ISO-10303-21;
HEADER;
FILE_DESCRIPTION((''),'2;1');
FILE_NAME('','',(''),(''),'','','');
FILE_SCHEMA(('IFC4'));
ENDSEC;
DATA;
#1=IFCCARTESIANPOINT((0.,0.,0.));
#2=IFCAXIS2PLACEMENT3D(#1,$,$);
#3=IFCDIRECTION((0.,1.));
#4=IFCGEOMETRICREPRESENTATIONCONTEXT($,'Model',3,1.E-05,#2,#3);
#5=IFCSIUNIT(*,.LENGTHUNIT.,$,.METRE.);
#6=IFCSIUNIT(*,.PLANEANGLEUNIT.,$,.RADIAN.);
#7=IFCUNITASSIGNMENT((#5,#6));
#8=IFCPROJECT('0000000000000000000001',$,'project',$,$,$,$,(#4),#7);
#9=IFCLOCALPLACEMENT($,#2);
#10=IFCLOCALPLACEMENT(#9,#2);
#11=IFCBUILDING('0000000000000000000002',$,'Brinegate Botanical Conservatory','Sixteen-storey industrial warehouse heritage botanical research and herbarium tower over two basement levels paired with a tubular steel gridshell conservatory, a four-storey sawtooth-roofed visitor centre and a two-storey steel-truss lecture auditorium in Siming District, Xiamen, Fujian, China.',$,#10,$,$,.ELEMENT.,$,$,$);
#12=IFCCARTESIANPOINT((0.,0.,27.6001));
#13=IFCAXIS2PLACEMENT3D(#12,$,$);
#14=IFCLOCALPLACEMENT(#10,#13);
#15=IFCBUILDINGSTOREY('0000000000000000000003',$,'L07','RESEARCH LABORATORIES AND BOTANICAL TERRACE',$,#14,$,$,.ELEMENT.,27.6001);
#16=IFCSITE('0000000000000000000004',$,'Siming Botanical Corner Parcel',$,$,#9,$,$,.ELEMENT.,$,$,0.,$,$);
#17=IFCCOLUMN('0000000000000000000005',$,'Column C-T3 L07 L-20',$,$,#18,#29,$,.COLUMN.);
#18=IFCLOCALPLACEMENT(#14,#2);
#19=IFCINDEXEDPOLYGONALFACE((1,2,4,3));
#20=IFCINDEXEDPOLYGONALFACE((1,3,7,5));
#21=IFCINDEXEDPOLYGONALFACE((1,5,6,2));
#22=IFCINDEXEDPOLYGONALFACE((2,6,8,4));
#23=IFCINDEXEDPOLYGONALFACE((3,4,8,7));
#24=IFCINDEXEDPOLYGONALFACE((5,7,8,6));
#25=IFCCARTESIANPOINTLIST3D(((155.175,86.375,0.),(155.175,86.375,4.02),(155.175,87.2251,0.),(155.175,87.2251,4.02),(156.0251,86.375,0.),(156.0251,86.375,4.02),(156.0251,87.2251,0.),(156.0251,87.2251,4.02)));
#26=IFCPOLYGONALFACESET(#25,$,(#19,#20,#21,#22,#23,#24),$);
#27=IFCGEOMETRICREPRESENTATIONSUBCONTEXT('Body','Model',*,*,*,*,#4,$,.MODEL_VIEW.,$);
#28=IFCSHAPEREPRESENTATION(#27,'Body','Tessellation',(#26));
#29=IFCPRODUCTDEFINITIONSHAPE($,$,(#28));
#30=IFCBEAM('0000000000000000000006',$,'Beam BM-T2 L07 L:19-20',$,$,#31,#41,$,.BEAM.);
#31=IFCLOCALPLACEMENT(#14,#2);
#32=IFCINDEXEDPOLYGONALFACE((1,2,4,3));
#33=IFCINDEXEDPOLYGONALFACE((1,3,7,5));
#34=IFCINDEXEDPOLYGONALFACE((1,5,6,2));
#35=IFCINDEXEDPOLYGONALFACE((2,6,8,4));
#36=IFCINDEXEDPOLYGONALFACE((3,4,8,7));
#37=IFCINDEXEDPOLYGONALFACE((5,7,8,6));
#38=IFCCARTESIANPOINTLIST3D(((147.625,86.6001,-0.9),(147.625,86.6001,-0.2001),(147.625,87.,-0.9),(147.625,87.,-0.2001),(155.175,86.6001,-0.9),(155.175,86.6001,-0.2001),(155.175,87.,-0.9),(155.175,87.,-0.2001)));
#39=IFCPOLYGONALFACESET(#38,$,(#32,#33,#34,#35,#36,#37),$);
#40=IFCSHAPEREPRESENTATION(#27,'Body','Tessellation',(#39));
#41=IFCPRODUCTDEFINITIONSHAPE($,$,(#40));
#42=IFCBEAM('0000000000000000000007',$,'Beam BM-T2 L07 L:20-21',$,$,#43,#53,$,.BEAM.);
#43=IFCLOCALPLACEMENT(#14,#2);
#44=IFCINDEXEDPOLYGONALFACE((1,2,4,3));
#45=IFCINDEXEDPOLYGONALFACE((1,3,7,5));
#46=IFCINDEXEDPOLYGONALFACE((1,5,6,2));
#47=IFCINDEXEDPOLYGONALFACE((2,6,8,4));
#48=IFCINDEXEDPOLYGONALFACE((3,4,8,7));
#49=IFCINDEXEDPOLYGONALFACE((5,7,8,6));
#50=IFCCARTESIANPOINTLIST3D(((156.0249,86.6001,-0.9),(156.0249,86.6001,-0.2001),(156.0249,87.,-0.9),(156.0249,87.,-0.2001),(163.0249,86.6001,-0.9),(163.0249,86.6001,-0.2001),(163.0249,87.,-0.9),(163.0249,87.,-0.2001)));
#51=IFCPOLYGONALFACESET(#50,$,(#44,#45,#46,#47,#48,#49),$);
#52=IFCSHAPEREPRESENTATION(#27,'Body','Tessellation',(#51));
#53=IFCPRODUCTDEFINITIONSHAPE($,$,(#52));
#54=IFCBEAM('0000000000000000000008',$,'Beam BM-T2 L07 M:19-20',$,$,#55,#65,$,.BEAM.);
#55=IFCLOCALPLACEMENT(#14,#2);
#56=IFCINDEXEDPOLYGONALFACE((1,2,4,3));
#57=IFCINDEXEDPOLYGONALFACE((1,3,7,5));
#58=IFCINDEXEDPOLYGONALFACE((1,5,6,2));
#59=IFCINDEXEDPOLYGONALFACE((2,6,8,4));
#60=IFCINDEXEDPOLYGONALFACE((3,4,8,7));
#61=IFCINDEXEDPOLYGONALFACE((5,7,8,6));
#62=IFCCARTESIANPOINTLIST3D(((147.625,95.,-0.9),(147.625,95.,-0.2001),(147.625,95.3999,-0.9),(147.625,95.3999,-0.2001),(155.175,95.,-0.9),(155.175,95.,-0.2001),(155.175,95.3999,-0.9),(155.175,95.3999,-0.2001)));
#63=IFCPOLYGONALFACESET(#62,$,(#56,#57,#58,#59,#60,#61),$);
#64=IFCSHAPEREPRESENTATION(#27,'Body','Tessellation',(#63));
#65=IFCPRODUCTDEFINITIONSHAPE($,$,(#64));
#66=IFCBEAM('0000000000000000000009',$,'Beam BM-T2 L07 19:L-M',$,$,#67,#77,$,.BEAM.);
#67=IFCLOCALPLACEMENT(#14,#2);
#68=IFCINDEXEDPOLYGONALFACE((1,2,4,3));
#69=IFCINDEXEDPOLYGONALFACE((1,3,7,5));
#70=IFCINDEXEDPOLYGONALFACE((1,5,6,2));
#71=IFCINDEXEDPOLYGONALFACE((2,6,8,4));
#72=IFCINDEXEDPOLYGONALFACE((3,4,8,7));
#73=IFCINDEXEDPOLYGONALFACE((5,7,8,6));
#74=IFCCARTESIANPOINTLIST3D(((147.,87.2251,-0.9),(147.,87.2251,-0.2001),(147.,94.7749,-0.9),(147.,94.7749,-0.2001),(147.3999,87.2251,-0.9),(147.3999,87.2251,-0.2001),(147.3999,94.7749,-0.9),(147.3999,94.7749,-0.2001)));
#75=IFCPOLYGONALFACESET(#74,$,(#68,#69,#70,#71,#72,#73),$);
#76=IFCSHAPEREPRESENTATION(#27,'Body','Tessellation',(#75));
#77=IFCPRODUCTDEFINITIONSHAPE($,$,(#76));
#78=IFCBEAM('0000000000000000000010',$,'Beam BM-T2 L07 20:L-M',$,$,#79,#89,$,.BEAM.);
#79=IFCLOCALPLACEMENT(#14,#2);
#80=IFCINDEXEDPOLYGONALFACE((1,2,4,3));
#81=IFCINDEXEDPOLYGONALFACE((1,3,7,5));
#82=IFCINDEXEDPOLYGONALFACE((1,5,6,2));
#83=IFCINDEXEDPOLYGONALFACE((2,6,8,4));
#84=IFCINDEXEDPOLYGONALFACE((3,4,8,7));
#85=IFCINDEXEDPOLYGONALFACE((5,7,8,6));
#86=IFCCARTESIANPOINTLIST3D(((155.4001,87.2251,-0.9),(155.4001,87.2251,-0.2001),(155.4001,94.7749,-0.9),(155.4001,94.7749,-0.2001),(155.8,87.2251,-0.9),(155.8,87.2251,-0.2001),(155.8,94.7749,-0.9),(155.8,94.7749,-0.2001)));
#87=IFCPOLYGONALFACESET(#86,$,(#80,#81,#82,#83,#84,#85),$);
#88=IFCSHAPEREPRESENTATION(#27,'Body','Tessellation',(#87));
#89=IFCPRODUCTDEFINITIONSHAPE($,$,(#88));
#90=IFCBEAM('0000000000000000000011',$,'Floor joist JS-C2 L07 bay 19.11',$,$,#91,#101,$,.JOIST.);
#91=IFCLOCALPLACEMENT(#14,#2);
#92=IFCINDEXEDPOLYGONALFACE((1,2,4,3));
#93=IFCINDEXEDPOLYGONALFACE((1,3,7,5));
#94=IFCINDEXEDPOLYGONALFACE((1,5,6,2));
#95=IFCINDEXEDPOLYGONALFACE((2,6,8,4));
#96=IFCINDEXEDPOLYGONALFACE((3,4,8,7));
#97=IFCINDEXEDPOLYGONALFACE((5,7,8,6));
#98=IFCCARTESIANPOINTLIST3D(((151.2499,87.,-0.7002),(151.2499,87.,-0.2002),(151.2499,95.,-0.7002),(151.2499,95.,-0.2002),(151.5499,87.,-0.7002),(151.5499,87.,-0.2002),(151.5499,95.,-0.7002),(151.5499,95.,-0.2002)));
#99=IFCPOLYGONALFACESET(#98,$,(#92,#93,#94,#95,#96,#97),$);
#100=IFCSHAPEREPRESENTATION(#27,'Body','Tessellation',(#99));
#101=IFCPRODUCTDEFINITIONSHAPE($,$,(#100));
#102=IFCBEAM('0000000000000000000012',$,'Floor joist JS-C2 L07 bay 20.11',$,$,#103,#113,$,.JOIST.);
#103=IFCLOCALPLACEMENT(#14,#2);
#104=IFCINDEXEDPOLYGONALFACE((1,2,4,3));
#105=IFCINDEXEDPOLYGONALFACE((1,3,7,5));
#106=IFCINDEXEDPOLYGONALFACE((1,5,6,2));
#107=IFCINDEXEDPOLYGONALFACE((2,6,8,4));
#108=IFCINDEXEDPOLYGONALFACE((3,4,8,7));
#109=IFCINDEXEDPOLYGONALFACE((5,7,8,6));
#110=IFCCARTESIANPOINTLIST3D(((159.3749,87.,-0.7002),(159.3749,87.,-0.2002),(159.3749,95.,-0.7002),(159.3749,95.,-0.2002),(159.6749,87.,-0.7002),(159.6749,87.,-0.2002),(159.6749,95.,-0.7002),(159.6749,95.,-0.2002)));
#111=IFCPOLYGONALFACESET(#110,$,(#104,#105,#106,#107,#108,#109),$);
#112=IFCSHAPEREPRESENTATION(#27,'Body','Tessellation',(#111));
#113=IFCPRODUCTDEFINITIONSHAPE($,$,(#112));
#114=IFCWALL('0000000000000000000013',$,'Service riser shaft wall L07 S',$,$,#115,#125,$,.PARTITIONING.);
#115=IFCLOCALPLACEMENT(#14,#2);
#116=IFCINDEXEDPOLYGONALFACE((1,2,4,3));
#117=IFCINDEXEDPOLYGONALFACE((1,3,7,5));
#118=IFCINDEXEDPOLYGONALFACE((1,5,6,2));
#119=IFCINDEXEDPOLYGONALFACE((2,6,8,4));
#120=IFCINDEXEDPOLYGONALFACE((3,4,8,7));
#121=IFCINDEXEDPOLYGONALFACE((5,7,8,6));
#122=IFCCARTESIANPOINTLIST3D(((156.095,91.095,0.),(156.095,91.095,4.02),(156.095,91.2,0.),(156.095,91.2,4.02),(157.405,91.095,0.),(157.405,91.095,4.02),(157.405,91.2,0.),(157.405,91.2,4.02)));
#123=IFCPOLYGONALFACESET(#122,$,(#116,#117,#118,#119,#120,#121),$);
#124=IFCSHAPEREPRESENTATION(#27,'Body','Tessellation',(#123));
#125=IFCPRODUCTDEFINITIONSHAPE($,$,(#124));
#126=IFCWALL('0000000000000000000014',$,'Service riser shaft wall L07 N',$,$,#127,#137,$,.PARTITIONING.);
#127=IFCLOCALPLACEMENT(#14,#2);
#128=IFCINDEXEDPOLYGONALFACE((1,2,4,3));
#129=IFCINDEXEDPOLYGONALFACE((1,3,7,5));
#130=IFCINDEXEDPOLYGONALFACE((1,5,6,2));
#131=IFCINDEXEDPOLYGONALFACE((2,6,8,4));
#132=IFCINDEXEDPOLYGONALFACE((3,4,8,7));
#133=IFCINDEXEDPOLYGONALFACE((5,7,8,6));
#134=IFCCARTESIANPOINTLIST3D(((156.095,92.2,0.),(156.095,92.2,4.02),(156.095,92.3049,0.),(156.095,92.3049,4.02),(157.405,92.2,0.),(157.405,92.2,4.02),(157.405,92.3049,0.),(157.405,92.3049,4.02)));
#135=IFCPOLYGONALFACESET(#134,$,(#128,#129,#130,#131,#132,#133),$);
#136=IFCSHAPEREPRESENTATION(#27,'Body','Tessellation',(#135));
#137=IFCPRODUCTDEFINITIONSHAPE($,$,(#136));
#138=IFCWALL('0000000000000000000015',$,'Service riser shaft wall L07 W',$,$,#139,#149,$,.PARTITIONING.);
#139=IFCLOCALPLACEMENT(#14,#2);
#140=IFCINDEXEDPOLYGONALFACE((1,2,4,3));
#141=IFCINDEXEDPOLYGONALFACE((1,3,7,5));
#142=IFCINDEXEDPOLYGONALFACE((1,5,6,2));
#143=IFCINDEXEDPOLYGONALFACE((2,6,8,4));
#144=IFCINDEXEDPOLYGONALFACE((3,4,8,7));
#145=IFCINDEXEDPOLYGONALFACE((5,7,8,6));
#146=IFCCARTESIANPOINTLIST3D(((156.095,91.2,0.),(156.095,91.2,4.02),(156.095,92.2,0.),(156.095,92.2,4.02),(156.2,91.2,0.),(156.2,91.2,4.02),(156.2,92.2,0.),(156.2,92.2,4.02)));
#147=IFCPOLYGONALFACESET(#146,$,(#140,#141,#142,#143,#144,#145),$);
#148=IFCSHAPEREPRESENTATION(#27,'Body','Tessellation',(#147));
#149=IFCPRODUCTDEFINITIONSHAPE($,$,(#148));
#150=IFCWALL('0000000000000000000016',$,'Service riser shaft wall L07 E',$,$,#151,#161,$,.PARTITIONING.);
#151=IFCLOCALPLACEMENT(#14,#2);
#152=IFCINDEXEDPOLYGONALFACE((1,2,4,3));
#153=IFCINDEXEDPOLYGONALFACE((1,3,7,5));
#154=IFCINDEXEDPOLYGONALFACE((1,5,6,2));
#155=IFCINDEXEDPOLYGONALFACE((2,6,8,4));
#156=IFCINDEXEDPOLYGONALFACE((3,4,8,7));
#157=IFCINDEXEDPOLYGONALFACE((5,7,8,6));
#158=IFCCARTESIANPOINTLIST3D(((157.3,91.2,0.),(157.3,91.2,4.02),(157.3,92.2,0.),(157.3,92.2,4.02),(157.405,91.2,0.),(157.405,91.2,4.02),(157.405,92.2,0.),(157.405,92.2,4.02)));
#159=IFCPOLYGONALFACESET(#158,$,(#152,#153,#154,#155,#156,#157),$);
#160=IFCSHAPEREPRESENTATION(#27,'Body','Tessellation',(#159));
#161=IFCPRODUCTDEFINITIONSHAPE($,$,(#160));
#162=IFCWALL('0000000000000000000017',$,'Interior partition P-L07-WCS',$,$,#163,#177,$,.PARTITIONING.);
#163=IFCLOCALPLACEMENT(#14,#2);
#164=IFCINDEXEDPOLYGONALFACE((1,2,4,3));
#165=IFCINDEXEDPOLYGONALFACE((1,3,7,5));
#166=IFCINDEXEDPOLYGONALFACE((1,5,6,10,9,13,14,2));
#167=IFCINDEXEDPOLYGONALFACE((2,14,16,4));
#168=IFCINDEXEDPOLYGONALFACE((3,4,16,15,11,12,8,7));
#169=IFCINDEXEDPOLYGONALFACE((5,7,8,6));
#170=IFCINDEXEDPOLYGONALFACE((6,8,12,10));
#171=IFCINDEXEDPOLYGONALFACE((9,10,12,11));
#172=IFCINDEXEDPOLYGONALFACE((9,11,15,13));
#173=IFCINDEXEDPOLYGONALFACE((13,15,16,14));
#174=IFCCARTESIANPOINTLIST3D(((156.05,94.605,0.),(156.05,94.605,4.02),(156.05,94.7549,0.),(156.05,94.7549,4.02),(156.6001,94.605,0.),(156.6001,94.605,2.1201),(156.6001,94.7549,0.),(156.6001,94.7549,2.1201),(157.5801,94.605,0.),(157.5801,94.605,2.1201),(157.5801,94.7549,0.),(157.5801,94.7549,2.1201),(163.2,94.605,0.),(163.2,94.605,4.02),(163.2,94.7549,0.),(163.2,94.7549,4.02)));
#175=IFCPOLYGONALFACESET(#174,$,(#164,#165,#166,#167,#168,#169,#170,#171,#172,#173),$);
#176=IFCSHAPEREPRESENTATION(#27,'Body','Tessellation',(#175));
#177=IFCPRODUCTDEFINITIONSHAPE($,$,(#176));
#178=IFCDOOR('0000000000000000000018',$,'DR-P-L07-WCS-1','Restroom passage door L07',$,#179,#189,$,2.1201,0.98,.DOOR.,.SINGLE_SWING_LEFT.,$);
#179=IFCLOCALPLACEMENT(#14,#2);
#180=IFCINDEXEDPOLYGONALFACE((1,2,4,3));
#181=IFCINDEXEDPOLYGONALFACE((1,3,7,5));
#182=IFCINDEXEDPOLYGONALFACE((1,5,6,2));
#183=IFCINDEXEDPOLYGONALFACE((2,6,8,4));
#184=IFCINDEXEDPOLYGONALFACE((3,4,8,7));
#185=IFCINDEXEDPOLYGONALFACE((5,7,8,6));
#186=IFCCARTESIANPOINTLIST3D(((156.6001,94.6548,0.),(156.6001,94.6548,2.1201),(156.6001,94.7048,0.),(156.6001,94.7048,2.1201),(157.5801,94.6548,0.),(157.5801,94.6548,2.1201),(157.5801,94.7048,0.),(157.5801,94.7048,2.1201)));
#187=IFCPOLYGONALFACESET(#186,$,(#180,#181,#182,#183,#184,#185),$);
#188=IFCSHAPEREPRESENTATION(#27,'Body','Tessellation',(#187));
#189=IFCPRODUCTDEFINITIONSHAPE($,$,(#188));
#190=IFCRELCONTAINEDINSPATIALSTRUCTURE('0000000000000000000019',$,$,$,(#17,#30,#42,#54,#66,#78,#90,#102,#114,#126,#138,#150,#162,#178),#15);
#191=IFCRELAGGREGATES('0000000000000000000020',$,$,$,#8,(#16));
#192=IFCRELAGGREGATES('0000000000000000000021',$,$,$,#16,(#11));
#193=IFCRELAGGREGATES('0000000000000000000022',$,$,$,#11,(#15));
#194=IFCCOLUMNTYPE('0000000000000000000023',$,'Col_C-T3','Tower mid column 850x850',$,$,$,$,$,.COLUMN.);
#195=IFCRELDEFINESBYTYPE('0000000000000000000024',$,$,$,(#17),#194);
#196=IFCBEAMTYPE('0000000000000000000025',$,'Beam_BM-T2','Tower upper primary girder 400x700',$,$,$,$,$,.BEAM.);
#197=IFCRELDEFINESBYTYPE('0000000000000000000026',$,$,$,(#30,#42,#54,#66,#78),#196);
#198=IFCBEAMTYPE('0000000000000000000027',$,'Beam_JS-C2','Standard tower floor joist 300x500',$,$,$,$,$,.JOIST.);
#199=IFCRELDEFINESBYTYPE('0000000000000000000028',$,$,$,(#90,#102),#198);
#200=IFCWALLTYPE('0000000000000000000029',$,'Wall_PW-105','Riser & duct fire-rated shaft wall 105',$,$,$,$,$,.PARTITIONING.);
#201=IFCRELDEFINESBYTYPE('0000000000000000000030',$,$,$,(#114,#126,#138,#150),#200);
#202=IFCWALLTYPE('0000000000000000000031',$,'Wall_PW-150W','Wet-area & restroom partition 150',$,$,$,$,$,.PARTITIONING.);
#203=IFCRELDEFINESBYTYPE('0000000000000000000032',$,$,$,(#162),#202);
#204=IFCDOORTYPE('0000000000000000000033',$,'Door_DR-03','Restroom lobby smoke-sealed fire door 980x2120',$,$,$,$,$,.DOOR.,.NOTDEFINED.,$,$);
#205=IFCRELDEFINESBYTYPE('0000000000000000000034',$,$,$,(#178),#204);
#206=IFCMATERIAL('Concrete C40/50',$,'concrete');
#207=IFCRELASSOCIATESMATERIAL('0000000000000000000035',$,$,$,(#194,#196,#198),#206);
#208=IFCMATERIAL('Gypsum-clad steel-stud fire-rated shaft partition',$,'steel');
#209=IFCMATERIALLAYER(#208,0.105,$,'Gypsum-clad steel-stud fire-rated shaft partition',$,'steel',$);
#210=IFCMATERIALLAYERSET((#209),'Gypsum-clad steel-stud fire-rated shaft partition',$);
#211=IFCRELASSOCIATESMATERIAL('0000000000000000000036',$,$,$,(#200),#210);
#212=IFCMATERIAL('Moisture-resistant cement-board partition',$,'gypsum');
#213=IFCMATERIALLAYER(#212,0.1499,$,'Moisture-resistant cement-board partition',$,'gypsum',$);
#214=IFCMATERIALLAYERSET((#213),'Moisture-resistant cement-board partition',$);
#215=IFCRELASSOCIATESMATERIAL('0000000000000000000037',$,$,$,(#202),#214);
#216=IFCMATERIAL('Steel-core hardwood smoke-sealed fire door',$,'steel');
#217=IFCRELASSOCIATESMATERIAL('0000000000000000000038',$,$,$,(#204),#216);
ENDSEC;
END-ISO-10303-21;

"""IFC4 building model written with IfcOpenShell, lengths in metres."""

from ifc_helpers import new_model, si_unit, direction, frame, frame_2d, origin, origin_2d, place, context, subcontext, project, spatial, rectangle, extrude, material, layer, layer_set, material_profile, profile_set, type_object, element, fill, save


model = new_model("IFC4")

# Units and contexts
model_context = context("Model", 3, precision=1e-05, world=origin(), true_north=direction((0.0, 1.0)))
body_context = subcontext(model_context, "Body", "Model", "MODEL_VIEW")
ifc_project = project(units=[si_unit("LENGTHUNIT", "METRE"), si_unit("PLANEANGLEUNIT", "RADIAN")], contexts=[model_context])

# Site, building, storey
site_placement = place(None, origin())
site = spatial("IfcSite", under=ifc_project, at=site_placement, Name="Siming Botanical Corner Parcel", CompositionType="ELEMENT", RefElevation=0.0)
building_placement = place(site_placement, origin())
building = spatial("IfcBuilding", under=site, at=building_placement, Name="Brinegate Botanical Conservatory", Description="Sixteen-storey industrial warehouse heritage botanical research and herbarium tower over two basement levels paired with a tubular steel gridshell conservatory, a four-storey sawtooth-roofed visitor centre and a two-storey steel-truss lecture auditorium in Siming District, Xiamen, Fujian, China.", CompositionType="ELEMENT")
storey_placement = place(building_placement, frame((0.0, 0.0, 27.6001)))
storey = spatial("IfcBuildingStorey", under=building, at=storey_placement, Name="L07", Description="RESEARCH LABORATORIES AND BOTANICAL TERRACE", CompositionType="ELEMENT", Elevation=27.6001)

# Column
ifc_material_1 = material(Name="Concrete C40/50", Category="concrete")
ifc_material_profile_1 = material_profile(ifc_material_1, rectangle(XDim=0.8501, YDim=0.8501, at=origin_2d()), Name="RC COL 850x850")
ifc_profile_set_1 = profile_set([ifc_material_profile_1], Name="Concrete C40/50")
column_type = type_object("IfcColumnType", Name="Col_C-T3", Description="Tower mid column 850x850", PredefinedType="COLUMN", material=ifc_profile_set_1)
column_placement = place(storey_placement, frame((155.6001, 86.8, 0.0), z_axis=(0.0, 0.0, 1.0), x_axis=(1.0, 0.0, 0.0)))
element("IfcColumn", 1, at=column_placement, inside=storey, type_object=column_type, Name="Column C-T3 L07 L-20", PredefinedType="COLUMN", context=body_context, shape_type="SweptSolid", body=[
    extrude(rectangle(XDim=0.8501, YDim=0.8501, at=origin_2d()), origin(), (0.0, 0.0, 1.0), 4.02),
])

# Beams
ifc_material_profile_2 = material_profile(ifc_material_1, rectangle(XDim=0.3999, YDim=0.7, at=origin_2d()), Name="RC BM 400x700")
ifc_profile_set_2 = profile_set([ifc_material_profile_2], Name="Concrete C40/50")
beam_type_1 = type_object("IfcBeamType", Name="Beam_BM-T2", Description="Tower upper primary girder 400x700", PredefinedType="BEAM", material=ifc_profile_set_2)
beam_1_placement = place(storey_placement, frame((147.625, 86.8, -0.55), z_axis=(1.0, 0.0, 0.0), x_axis=(0.0, 1.0, 0.0)))
element("IfcBeam", 2, at=beam_1_placement, inside=storey, type_object=beam_type_1, Name="Beam BM-T2 L07 L:19-20", PredefinedType="BEAM", context=body_context, shape_type="SweptSolid", body=[
    extrude(rectangle(XDim=0.3999, YDim=0.7, at=origin_2d()), origin(), (0.0, 0.0, 1.0), 7.55),
])
beam_2_placement = place(storey_placement, frame((156.0249, 86.8, -0.55), z_axis=(1.0, 0.0, 0.0), x_axis=(0.0, 1.0, 0.0)))
element("IfcBeam", 3, at=beam_2_placement, inside=storey, type_object=beam_type_1, Name="Beam BM-T2 L07 L:20-21", PredefinedType="BEAM", context=body_context, shape_type="SweptSolid", body=[
    extrude(rectangle(XDim=0.3999, YDim=0.7, at=origin_2d()), origin(), (0.0, 0.0, 1.0), 7.0),
])
beam_3_placement = place(storey_placement, frame((147.625, 95.2, -0.55), z_axis=(1.0, 0.0, 0.0), x_axis=(0.0, 1.0, 0.0)))
element("IfcBeam", 4, at=beam_3_placement, inside=storey, type_object=beam_type_1, Name="Beam BM-T2 L07 M:19-20", PredefinedType="BEAM", context=body_context, shape_type="SweptSolid", body=[
    extrude(rectangle(XDim=0.3999, YDim=0.7, at=origin_2d()), origin(), (0.0, 0.0, 1.0), 7.55),
])
for number, where, z_axis, x_axis, name in (
    (5, (147.2, 87.2251, -0.55), (0.0, 1.0, 0.0), (-1.0, 0.0, 0.0), "Beam BM-T2 L07 19:L-M"),
    (6, (155.6001, 87.2251, -0.55), (0.0, 1.0, 0.0), (-1.0, 0.0, 0.0), "Beam BM-T2 L07 20:L-M"),
):
    element("IfcBeam", number, at=place(storey_placement, frame(where, z_axis=z_axis, x_axis=x_axis)), inside=storey, type_object=beam_type_1, Name=name, PredefinedType="BEAM", context=body_context, shape_type="SweptSolid", body=[
        extrude(rectangle(XDim=0.3999, YDim=0.7, at=origin_2d()), origin(), (0.0, 0.0, 1.0), 7.5498),
    ])
ifc_material_profile_3 = material_profile(ifc_material_1, rectangle(XDim=0.3, YDim=0.5, at=origin_2d()), Name="RC JST 300x500")
ifc_profile_set_3 = profile_set([ifc_material_profile_3], Name="Concrete C40/50")
beam_type_2 = type_object("IfcBeamType", Name="Beam_JS-C2", Description="Standard tower floor joist 300x500", PredefinedType="JOIST", material=ifc_profile_set_3)
for number, where, z_axis, x_axis, name in (
    (7, (151.3999, 87.0, -0.4502), (0.0, 1.0, 0.0), (-1.0, 0.0, 0.0), "Floor joist JS-C2 L07 bay 19.11"),
    (8, (159.5249, 87.0, -0.4502), (0.0, 1.0, 0.0), (-1.0, 0.0, 0.0), "Floor joist JS-C2 L07 bay 20.11"),
):
    element("IfcBeam", number, at=place(storey_placement, frame(where, z_axis=z_axis, x_axis=x_axis)), inside=storey, type_object=beam_type_2, Name=name, PredefinedType="JOIST", context=body_context, shape_type="SweptSolid", body=[
        extrude(rectangle(XDim=0.3, YDim=0.5, at=origin_2d()), origin(), (0.0, 0.0, 1.0), 8.0),
    ])

# Walls
ifc_material_2 = material(Name="Gypsum-clad steel-stud fire-rated shaft partition", Category="steel")
ifc_layer_1 = layer(ifc_material_2, 0.105, Name="Gypsum-clad steel-stud fire-rated shaft partition", Category="steel")
ifc_layer_set_1 = layer_set([ifc_layer_1], Name="Gypsum-clad steel-stud fire-rated shaft partition")
wall_type_1 = type_object("IfcWallType", Name="Wall_PW-105", Description="Riser & duct fire-rated shaft wall 105", PredefinedType="PARTITIONING", material=ifc_layer_set_1)
for number, where, z_axis, x_axis, name in (
    (9, (156.095, 91.1475, 0.0), (0.0, 0.0, 1.0), (1.0, 0.0, 0.0), "Service riser shaft wall L07 S"),
    (10, (156.095, 92.2524, 0.0), (0.0, 0.0, 1.0), (1.0, 0.0, 0.0), "Service riser shaft wall L07 N"),
):
    element("IfcWall", number, at=place(storey_placement, frame(where, z_axis=z_axis, x_axis=x_axis)), inside=storey, type_object=wall_type_1, Name=name, PredefinedType="PARTITIONING", context=body_context, shape_type="SweptSolid", body=[
        extrude(rectangle(XDim=1.3101, YDim=0.105, at=frame_2d((0.655, 0.0))), origin(), (0.0, 0.0, 1.0), 4.02),
    ])
for number, where, z_axis, x_axis, name in (
    (11, (156.1475, 91.2, 0.0), (0.0, 0.0, 1.0), (0.0, 1.0, 0.0), "Service riser shaft wall L07 W"),
    (12, (157.3525, 91.2, 0.0), (0.0, 0.0, 1.0), (0.0, 1.0, 0.0), "Service riser shaft wall L07 E"),
):
    element("IfcWall", number, at=place(storey_placement, frame(where, z_axis=z_axis, x_axis=x_axis)), inside=storey, type_object=wall_type_1, Name=name, PredefinedType="PARTITIONING", context=body_context, shape_type="SweptSolid", body=[
        extrude(rectangle(XDim=1.0, YDim=0.105, at=frame_2d((0.5, 0.0))), origin(), (0.0, 0.0, 1.0), 4.02),
    ])

# Wall, opening, door
ifc_material_3 = material(Name="Moisture-resistant cement-board partition", Category="gypsum")
ifc_layer_2 = layer(ifc_material_3, 0.1499, Name="Moisture-resistant cement-board partition", Category="gypsum")
ifc_layer_set_2 = layer_set([ifc_layer_2], Name="Moisture-resistant cement-board partition")
wall_type_2 = type_object("IfcWallType", Name="Wall_PW-150W", Description="Wet-area & restroom partition 150", PredefinedType="PARTITIONING", material=ifc_layer_set_2)
wall_1_placement = place(storey_placement, frame((156.05, 94.6799, 0.0), z_axis=(0.0, 0.0, 1.0), x_axis=(1.0, 0.0, 0.0)))
wall_1 = element("IfcWall", 13, at=wall_1_placement, inside=storey, type_object=wall_type_2, Name="Interior partition P-L07-WCS", PredefinedType="PARTITIONING", context=body_context, shape_type="SweptSolid", body=[
    extrude(rectangle(XDim=7.1499, YDim=0.1499, at=frame_2d((3.575, 0.0))), origin(), (0.0, 0.0, 1.0), 4.02),
])
opening_1_placement = place(wall_1_placement, frame((0.55, 0.0, 0.0)))
opening_1 = element("IfcOpeningElement", 14, at=opening_1_placement, cuts=wall_1, PredefinedType="OPENING", context=body_context, shape_type="SweptSolid", body=[
    extrude(rectangle(XDim=0.98, YDim=2.1201, at=frame_2d((0.49, 1.0601))), frame((0.0, 0.085, 0.0), z_axis=(0.0, -1.0, 0.0), x_axis=(1.0, 0.0, 0.0)), (0.0, 0.0, 1.0), 0.1699),
])
ifc_material_4 = material(Name="Steel-core hardwood smoke-sealed fire door", Category="steel")
door_type_1 = type_object("IfcDoorType", Name="Door_DR-03", Description="Restroom lobby smoke-sealed fire door 980x2120", OperationType="NOTDEFINED", PredefinedType="DOOR", material=ifc_material_4)
door_1_placement = place(opening_1_placement, origin())
door_1 = element("IfcDoor", 15, at=door_1_placement, inside=storey, type_object=door_type_1, Name="DR-P-L07-WCS-1", Description="Restroom passage door L07", OperationType="SINGLE_SWING_LEFT", OverallHeight=2.1201, OverallWidth=0.98, PredefinedType="DOOR", context=body_context, shape_type="SweptSolid", body=[
    extrude(rectangle(XDim=0.98, YDim=2.1201, at=frame_2d((0.49, 1.0601))), frame((0.0, 0.0249, 0.0), z_axis=(0.0, -1.0, 0.0), x_axis=(1.0, 0.0, 0.0)), (0.0, 0.0, 1.0), 0.05),
])
fill(opening_1, door_1)

save(model, "model.ifc")
